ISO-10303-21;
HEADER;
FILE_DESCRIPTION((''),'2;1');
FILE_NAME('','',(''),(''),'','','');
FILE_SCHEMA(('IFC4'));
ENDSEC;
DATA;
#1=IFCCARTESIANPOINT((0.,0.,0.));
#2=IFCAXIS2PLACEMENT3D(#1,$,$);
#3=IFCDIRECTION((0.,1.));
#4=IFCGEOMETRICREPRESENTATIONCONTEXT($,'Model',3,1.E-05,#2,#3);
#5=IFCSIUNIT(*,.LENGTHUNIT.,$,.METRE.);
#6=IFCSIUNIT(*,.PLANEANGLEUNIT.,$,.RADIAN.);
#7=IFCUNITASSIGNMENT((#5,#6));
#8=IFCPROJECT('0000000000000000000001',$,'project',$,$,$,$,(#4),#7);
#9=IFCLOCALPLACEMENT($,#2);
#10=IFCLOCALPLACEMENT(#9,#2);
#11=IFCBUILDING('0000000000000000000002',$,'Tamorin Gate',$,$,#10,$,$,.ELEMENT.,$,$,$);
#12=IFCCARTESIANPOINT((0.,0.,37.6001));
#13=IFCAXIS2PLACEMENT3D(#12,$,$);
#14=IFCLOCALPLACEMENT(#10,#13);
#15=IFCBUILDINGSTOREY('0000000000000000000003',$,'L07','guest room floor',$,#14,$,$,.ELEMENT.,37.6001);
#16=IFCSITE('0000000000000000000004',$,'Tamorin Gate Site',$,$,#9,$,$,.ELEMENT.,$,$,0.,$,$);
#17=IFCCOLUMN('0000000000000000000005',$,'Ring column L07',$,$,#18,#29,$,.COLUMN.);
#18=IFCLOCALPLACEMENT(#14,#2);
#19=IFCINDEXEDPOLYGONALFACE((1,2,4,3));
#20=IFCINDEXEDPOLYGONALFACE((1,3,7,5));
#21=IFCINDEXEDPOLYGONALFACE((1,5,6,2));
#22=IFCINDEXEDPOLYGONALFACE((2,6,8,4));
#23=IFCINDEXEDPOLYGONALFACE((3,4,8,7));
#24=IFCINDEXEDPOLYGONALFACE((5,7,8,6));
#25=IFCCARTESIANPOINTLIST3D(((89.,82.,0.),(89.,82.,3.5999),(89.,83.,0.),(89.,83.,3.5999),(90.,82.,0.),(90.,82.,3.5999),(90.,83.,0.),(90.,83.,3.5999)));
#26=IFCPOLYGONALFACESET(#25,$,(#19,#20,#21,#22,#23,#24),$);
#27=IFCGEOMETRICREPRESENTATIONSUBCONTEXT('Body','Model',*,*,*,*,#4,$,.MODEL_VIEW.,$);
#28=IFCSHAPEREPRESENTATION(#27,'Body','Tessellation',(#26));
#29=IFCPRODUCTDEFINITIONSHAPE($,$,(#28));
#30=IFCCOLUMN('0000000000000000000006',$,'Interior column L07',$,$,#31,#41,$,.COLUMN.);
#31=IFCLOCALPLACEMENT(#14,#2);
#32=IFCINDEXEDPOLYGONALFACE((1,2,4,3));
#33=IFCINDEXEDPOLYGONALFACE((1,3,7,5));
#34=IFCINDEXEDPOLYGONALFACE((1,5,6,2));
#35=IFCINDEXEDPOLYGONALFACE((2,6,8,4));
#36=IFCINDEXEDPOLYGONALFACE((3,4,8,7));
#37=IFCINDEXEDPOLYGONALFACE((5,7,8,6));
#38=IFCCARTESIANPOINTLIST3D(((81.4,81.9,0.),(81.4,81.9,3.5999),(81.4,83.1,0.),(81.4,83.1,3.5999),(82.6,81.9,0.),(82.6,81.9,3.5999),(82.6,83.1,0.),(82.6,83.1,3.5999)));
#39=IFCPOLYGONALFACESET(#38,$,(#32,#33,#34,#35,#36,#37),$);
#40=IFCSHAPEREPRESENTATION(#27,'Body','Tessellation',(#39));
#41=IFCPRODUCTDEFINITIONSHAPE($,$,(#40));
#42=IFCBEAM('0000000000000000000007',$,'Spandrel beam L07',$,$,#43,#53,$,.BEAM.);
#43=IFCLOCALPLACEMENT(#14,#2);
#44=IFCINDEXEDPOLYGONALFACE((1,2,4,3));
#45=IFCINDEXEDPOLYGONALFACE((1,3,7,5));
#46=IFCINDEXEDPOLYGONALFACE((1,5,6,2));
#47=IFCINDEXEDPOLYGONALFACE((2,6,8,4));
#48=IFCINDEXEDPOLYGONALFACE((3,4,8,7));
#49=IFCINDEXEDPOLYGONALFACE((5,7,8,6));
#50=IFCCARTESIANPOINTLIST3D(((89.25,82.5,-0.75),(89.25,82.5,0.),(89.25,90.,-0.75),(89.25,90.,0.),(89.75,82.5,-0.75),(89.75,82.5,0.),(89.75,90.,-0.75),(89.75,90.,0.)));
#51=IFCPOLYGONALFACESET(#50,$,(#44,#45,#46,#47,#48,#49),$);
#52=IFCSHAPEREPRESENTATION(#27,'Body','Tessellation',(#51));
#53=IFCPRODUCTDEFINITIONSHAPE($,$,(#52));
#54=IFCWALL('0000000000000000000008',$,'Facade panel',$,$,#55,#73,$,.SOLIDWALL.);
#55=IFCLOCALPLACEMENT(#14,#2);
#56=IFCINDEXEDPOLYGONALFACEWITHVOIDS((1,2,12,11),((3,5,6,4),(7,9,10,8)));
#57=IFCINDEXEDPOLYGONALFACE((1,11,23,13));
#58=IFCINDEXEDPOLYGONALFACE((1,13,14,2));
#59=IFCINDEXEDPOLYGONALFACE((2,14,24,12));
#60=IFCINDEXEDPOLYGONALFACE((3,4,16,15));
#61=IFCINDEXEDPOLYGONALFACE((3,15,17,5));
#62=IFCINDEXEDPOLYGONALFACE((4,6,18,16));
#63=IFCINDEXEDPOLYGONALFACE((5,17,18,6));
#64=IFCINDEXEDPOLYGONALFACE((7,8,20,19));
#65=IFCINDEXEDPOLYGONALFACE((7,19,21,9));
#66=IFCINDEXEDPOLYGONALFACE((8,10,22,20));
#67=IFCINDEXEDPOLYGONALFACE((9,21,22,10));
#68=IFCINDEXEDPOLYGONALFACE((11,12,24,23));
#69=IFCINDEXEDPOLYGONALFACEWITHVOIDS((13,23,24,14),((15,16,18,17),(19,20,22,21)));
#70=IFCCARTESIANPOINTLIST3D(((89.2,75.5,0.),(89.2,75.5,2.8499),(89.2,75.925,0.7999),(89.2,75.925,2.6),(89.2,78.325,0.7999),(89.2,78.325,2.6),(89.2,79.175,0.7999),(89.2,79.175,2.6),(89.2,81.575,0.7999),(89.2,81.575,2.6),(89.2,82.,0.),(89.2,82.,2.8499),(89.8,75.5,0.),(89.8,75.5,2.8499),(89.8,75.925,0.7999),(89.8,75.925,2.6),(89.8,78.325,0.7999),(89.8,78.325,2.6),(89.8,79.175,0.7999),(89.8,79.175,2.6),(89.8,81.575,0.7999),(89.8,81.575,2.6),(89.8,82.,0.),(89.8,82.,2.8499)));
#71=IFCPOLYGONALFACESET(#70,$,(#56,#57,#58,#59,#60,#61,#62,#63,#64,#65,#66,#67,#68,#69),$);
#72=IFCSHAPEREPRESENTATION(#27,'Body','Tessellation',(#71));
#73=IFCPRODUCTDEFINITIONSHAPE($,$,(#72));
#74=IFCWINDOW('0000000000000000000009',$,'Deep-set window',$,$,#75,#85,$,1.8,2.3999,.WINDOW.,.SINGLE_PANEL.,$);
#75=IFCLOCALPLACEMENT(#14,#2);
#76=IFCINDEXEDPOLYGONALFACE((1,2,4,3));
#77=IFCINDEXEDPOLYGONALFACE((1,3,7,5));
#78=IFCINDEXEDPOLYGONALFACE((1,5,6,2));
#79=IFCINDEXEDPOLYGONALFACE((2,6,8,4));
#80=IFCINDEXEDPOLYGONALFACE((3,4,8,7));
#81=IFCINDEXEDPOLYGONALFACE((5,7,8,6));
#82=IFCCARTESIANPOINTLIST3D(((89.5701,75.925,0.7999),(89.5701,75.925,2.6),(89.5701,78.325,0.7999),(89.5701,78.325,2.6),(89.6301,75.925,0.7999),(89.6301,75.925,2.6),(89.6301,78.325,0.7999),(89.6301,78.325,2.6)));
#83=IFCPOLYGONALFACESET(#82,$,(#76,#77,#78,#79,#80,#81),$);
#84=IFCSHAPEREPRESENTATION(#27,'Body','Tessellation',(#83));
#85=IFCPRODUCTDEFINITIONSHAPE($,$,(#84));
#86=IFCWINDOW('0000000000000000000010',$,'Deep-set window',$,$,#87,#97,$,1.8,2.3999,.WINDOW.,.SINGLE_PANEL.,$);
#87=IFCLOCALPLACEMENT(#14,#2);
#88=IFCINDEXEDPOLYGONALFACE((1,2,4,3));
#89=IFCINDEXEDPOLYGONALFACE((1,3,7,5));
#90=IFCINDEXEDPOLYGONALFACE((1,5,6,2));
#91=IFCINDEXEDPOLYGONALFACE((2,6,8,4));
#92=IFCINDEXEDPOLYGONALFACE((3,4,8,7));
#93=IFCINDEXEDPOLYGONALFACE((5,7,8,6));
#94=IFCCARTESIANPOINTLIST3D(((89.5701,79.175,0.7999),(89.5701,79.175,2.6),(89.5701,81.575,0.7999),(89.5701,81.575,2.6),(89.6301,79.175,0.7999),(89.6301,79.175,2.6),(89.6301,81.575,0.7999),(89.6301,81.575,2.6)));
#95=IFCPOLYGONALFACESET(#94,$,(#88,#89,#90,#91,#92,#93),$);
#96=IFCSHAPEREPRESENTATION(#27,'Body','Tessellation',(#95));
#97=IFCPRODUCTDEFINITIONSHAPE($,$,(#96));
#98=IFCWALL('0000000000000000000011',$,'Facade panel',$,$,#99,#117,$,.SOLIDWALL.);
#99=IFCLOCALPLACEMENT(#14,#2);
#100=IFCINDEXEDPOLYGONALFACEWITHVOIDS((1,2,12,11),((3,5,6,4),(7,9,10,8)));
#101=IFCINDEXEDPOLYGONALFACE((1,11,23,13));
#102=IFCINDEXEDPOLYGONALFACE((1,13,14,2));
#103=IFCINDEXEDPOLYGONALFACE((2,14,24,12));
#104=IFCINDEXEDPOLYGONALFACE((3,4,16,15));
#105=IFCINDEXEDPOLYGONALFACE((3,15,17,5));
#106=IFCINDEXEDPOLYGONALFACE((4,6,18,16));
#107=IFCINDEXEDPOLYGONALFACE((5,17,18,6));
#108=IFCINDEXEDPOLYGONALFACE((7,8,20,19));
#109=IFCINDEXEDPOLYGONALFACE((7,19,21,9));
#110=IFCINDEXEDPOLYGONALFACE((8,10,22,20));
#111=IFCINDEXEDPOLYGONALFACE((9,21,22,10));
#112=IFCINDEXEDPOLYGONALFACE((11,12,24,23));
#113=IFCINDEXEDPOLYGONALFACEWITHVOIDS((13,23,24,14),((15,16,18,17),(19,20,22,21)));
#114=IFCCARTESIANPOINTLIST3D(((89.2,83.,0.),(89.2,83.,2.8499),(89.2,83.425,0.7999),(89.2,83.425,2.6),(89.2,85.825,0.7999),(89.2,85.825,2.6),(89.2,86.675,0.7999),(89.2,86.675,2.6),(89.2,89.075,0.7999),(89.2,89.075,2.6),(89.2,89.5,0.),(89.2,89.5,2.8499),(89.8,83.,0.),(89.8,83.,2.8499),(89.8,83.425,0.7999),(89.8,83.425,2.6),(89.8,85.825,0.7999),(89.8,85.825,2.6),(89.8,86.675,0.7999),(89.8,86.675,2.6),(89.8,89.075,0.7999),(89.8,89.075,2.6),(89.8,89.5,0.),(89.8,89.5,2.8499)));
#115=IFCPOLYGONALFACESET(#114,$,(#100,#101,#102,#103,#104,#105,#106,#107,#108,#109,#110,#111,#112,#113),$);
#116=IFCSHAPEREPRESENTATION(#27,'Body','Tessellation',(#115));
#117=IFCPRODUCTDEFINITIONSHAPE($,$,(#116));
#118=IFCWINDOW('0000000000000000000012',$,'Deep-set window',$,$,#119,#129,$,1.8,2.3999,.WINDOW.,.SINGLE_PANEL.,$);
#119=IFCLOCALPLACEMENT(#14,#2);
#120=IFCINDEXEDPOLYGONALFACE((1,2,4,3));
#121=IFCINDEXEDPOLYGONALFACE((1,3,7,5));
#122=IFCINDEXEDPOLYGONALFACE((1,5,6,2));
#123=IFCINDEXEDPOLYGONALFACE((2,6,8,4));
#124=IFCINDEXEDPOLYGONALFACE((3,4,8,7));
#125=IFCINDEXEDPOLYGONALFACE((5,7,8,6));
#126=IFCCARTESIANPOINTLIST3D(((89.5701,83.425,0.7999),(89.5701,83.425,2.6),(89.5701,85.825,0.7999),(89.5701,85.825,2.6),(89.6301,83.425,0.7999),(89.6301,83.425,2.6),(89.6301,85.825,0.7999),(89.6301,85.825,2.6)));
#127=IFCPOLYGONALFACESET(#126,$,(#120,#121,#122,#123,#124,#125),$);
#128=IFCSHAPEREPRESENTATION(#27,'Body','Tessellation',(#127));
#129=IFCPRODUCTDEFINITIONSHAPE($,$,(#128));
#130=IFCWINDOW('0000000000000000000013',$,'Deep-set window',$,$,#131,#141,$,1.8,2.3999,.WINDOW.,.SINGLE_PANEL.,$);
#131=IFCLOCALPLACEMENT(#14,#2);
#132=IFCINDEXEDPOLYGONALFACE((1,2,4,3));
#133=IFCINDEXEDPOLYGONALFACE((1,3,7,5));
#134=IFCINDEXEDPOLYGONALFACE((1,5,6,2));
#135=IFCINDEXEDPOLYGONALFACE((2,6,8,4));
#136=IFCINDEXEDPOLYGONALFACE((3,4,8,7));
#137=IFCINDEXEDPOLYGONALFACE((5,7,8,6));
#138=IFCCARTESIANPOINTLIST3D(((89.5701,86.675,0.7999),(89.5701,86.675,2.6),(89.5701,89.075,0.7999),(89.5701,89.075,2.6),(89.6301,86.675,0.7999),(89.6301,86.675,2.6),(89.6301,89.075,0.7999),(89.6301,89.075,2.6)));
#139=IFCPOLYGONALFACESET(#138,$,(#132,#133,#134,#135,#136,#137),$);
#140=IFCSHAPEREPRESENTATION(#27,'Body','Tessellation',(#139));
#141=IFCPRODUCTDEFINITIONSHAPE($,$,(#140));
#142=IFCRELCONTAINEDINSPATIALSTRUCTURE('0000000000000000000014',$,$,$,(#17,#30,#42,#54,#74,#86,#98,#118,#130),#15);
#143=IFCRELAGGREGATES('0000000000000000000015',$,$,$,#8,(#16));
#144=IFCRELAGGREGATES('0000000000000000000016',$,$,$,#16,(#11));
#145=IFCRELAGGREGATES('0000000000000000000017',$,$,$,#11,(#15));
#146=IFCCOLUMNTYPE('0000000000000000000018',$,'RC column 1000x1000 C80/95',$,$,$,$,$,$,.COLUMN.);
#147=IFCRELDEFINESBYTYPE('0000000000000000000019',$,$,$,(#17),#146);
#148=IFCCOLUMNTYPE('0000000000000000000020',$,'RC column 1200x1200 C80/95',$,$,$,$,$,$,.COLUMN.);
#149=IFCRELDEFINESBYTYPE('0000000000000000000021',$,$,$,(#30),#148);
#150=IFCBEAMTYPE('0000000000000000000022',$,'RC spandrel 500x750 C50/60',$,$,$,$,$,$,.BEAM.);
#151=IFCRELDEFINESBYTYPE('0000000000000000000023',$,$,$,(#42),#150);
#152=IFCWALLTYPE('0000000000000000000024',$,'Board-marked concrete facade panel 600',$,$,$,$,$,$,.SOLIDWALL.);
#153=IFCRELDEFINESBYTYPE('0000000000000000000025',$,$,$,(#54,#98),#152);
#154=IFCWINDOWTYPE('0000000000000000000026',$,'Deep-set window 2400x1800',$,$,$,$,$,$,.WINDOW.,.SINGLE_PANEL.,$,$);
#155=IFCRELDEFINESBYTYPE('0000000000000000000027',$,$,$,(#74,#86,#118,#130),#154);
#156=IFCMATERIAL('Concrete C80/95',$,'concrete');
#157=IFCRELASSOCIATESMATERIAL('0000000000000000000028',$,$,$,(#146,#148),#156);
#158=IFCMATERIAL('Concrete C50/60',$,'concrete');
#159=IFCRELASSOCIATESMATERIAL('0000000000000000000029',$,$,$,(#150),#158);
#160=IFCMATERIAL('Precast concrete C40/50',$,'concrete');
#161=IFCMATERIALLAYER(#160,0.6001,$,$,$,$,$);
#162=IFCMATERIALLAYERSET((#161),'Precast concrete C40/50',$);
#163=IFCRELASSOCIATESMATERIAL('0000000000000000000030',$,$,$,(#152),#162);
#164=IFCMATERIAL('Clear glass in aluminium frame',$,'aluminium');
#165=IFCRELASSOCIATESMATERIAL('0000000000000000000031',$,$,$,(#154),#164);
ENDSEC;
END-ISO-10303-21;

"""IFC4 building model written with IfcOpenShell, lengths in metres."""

from ifc_helpers import new_model, si_unit, direction, frame, frame_2d, origin, origin_2d, place, context, subcontext, project, spatial, rectangle, extrude, material, layer, layer_set, material_profile, profile_set, type_object, element, fill, save


model = new_model("IFC4")

# Units and contexts
model_context = context("Model", 3, precision=1e-05, world=origin(), true_north=direction((0.0, 1.0)))
body_context = subcontext(model_context, "Body", "Model", "MODEL_VIEW")
ifc_project = project(units=[si_unit("LENGTHUNIT", "METRE"), si_unit("PLANEANGLEUNIT", "RADIAN")], contexts=[model_context])

# Site, building, storey
site_placement = place(None, origin())
site = spatial("IfcSite", under=ifc_project, at=site_placement, Name="Tamorin Gate Site", CompositionType="ELEMENT", RefElevation=0.0)
building_placement = place(site_placement, origin())
building = spatial("IfcBuilding", under=site, at=building_placement, Name="Tamorin Gate", CompositionType="ELEMENT")
storey_placement = place(building_placement, frame((0.0, 0.0, 37.6001)))
storey = spatial("IfcBuildingStorey", under=building, at=storey_placement, Name="L07", Description="guest room floor", CompositionType="ELEMENT", Elevation=37.6001)

# Columns
ifc_material_1 = material(Name="Concrete C80/95", Category="concrete")
ifc_material_profile_1 = material_profile(ifc_material_1, rectangle(XDim=1.0, YDim=1.0, at=origin_2d()), Name="RC 1000x1000")
ifc_profile_set_1 = profile_set([ifc_material_profile_1], Name="Concrete C80/95")
column_type_1 = type_object("IfcColumnType", Name="RC column 1000x1000 C80/95", PredefinedType="COLUMN", material=ifc_profile_set_1)
column_1_placement = place(storey_placement, frame((89.5, 82.5, 0.0), z_axis=(0.0, 0.0, 1.0), x_axis=(1.0, 0.0, 0.0)))
element("IfcColumn", 1, at=column_1_placement, inside=storey, type_object=column_type_1, Name="Ring column L07", PredefinedType="COLUMN", context=body_context, shape_type="SweptSolid", body=[
    extrude(rectangle(XDim=1.0, YDim=1.0, at=origin_2d()), origin(), (0.0, 0.0, 1.0), 3.5999),
])
ifc_material_profile_2 = material_profile(ifc_material_1, rectangle(XDim=1.2, YDim=1.2, at=origin_2d()), Name="RC 1200x1200")
ifc_profile_set_2 = profile_set([ifc_material_profile_2], Name="Concrete C80/95")
column_type_2 = type_object("IfcColumnType", Name="RC column 1200x1200 C80/95", PredefinedType="COLUMN", material=ifc_profile_set_2)
column_2_placement = place(storey_placement, frame((82.0, 82.5, 0.0), z_axis=(0.0, 0.0, 1.0), x_axis=(1.0, 0.0, 0.0)))
element("IfcColumn", 2, at=column_2_placement, inside=storey, type_object=column_type_2, Name="Interior column L07", PredefinedType="COLUMN", context=body_context, shape_type="SweptSolid", body=[
    extrude(rectangle(XDim=1.2, YDim=1.2, at=origin_2d()), origin(), (0.0, 0.0, 1.0), 3.5999),
])

# Beam
ifc_material_2 = material(Name="Concrete C50/60", Category="concrete")
ifc_material_profile_3 = material_profile(ifc_material_2, rectangle(XDim=0.5, YDim=0.75, at=origin_2d()), Name="RC 500x750")
ifc_profile_set_3 = profile_set([ifc_material_profile_3], Name="Concrete C50/60")
beam_type = type_object("IfcBeamType", Name="RC spandrel 500x750 C50/60", PredefinedType="BEAM", material=ifc_profile_set_3)
beam_placement = place(storey_placement, frame((89.5, 82.5, -0.375), z_axis=(0.0, 1.0, 0.0), x_axis=(-1.0, 0.0, 0.0)))
element("IfcBeam", 3, at=beam_placement, inside=storey, type_object=beam_type, Name="Spandrel beam L07", PredefinedType="BEAM", context=body_context, shape_type="SweptSolid", body=[
    extrude(rectangle(XDim=0.5, YDim=0.75, at=origin_2d()), origin(), (0.0, 0.0, 1.0), 7.5),
])

# Walls, openings, windows
ifc_material_3 = material(Name="Precast concrete C40/50", Category="concrete")
ifc_layer_1 = layer(ifc_material_3, 0.6001)
ifc_layer_set_1 = layer_set([ifc_layer_1], Name="Precast concrete C40/50")
wall_type_1 = type_object("IfcWallType", Name="Board-marked concrete facade panel 600", PredefinedType="SOLIDWALL", material=ifc_layer_set_1)
wall_1_placement = place(storey_placement, frame((89.5, 75.5, 0.0), z_axis=(0.0, 0.0, 1.0), x_axis=(0.0, 1.0, 0.0)))
wall_1 = element("IfcWall", 4, at=wall_1_placement, inside=storey, type_object=wall_type_1, Name="Facade panel", PredefinedType="SOLIDWALL", context=body_context, shape_type="SweptSolid", body=[
    extrude(rectangle(XDim=6.5, YDim=0.6001, at=frame_2d((3.25, 0.0))), origin(), (0.0, 0.0, 1.0), 2.8499),
])
opening_1_placement = place(wall_1_placement, frame((0.425, 0.0, 0.8)))
opening_1 = element("IfcOpeningElement", 5, at=opening_1_placement, cuts=wall_1, PredefinedType="OPENING", context=body_context, shape_type="SweptSolid", body=[
    extrude(rectangle(XDim=2.3999, YDim=1.8, at=frame_2d((1.2, 0.8999))), frame((0.0, 0.3101, 0.0), z_axis=(0.0, -1.0, 0.0), x_axis=(1.0, 0.0, 0.0)), (0.0, 0.0, 1.0), 0.6201),
])
opening_2_placement = place(wall_1_placement, frame((3.675, 0.0, 0.8)))
opening_2 = element("IfcOpeningElement", 6, at=opening_2_placement, cuts=wall_1, PredefinedType="OPENING", context=body_context, shape_type="SweptSolid", body=[
    extrude(rectangle(XDim=2.3999, YDim=1.8, at=frame_2d((1.2, 0.8999))), frame((0.0, 0.3101, 0.0), z_axis=(0.0, -1.0, 0.0), x_axis=(1.0, 0.0, 0.0)), (0.0, 0.0, 1.0), 0.6201),
])
ifc_material_4 = material(Name="Clear glass in aluminium frame", Category="aluminium")
window_type = type_object("IfcWindowType", Name="Deep-set window 2400x1800", PartitioningType="SINGLE_PANEL", PredefinedType="WINDOW", material=ifc_material_4)
window_1_placement = place(opening_1_placement, origin())
window_1 = element("IfcWindow", 7, at=window_1_placement, inside=storey, type_object=window_type, Name="Deep-set window", OverallHeight=1.8, OverallWidth=2.3999, PartitioningType="SINGLE_PANEL", PredefinedType="WINDOW", context=body_context, shape_type="SweptSolid", body=[
    extrude(rectangle(XDim=2.3999, YDim=1.8, at=frame_2d((1.2, 0.8999))), frame((0.0, -0.0701, 0.0), z_axis=(0.0, -1.0, 0.0), x_axis=(1.0, 0.0, 0.0)), (0.0, 0.0, 1.0), 0.0601),
])
fill(opening_1, window_1)
window_2_placement = place(opening_2_placement, origin())
window_2 = element("IfcWindow", 8, at=window_2_placement, inside=storey, type_object=window_type, Name="Deep-set window", OverallHeight=1.8, OverallWidth=2.3999, PartitioningType="SINGLE_PANEL", PredefinedType="WINDOW", context=body_context, shape_type="SweptSolid", body=[
    extrude(rectangle(XDim=2.3999, YDim=1.8, at=frame_2d((1.2, 0.8999))), frame((0.0, -0.0701, 0.0), z_axis=(0.0, -1.0, 0.0), x_axis=(1.0, 0.0, 0.0)), (0.0, 0.0, 1.0), 0.0601),
])
fill(opening_2, window_2)
wall_2_placement = place(storey_placement, frame((89.5, 83.0, 0.0), z_axis=(0.0, 0.0, 1.0), x_axis=(0.0, 1.0, 0.0)))
wall_2 = element("IfcWall", 9, at=wall_2_placement, inside=storey, type_object=wall_type_1, Name="Facade panel", PredefinedType="SOLIDWALL", context=body_context, shape_type="SweptSolid", body=[
    extrude(rectangle(XDim=6.5, YDim=0.6001, at=frame_2d((3.25, 0.0))), origin(), (0.0, 0.0, 1.0), 2.8499),
])
opening_3_placement = place(wall_2_placement, frame((0.425, 0.0, 0.8)))
opening_3 = element("IfcOpeningElement", 10, at=opening_3_placement, cuts=wall_2, PredefinedType="OPENING", context=body_context, shape_type="SweptSolid", body=[
    extrude(rectangle(XDim=2.3999, YDim=1.8, at=frame_2d((1.2, 0.8999))), frame((0.0, 0.3101, 0.0), z_axis=(0.0, -1.0, 0.0), x_axis=(1.0, 0.0, 0.0)), (0.0, 0.0, 1.0), 0.6201),
])
opening_4_placement = place(wall_2_placement, frame((3.675, 0.0, 0.8)))
opening_4 = element("IfcOpeningElement", 11, at=opening_4_placement, cuts=wall_2, PredefinedType="OPENING", context=body_context, shape_type="SweptSolid", body=[
    extrude(rectangle(XDim=2.3999, YDim=1.8, at=frame_2d((1.2, 0.8999))), frame((0.0, 0.3101, 0.0), z_axis=(0.0, -1.0, 0.0), x_axis=(1.0, 0.0, 0.0)), (0.0, 0.0, 1.0), 0.6201),
])
window_3_placement = place(opening_3_placement, origin())
window_3 = element("IfcWindow", 12, at=window_3_placement, inside=storey, type_object=window_type, Name="Deep-set window", OverallHeight=1.8, OverallWidth=2.3999, PartitioningType="SINGLE_PANEL", PredefinedType="WINDOW", context=body_context, shape_type="SweptSolid", body=[
    extrude(rectangle(XDim=2.3999, YDim=1.8, at=frame_2d((1.2, 0.8999))), frame((0.0, -0.0701, 0.0), z_axis=(0.0, -1.0, 0.0), x_axis=(1.0, 0.0, 0.0)), (0.0, 0.0, 1.0), 0.0601),
])
fill(opening_3, window_3)
window_4_placement = place(opening_4_placement, origin())
window_4 = element("IfcWindow", 13, at=window_4_placement, inside=storey, type_object=window_type, Name="Deep-set window", OverallHeight=1.8, OverallWidth=2.3999, PartitioningType="SINGLE_PANEL", PredefinedType="WINDOW", context=body_context, shape_type="SweptSolid", body=[
    extrude(rectangle(XDim=2.3999, YDim=1.8, at=frame_2d((1.2, 0.8999))), frame((0.0, -0.0701, 0.0), z_axis=(0.0, -1.0, 0.0), x_axis=(1.0, 0.0, 0.0)), (0.0, 0.0, 1.0), 0.0601),
])
fill(opening_4, window_4)

save(model, "model.ifc")
